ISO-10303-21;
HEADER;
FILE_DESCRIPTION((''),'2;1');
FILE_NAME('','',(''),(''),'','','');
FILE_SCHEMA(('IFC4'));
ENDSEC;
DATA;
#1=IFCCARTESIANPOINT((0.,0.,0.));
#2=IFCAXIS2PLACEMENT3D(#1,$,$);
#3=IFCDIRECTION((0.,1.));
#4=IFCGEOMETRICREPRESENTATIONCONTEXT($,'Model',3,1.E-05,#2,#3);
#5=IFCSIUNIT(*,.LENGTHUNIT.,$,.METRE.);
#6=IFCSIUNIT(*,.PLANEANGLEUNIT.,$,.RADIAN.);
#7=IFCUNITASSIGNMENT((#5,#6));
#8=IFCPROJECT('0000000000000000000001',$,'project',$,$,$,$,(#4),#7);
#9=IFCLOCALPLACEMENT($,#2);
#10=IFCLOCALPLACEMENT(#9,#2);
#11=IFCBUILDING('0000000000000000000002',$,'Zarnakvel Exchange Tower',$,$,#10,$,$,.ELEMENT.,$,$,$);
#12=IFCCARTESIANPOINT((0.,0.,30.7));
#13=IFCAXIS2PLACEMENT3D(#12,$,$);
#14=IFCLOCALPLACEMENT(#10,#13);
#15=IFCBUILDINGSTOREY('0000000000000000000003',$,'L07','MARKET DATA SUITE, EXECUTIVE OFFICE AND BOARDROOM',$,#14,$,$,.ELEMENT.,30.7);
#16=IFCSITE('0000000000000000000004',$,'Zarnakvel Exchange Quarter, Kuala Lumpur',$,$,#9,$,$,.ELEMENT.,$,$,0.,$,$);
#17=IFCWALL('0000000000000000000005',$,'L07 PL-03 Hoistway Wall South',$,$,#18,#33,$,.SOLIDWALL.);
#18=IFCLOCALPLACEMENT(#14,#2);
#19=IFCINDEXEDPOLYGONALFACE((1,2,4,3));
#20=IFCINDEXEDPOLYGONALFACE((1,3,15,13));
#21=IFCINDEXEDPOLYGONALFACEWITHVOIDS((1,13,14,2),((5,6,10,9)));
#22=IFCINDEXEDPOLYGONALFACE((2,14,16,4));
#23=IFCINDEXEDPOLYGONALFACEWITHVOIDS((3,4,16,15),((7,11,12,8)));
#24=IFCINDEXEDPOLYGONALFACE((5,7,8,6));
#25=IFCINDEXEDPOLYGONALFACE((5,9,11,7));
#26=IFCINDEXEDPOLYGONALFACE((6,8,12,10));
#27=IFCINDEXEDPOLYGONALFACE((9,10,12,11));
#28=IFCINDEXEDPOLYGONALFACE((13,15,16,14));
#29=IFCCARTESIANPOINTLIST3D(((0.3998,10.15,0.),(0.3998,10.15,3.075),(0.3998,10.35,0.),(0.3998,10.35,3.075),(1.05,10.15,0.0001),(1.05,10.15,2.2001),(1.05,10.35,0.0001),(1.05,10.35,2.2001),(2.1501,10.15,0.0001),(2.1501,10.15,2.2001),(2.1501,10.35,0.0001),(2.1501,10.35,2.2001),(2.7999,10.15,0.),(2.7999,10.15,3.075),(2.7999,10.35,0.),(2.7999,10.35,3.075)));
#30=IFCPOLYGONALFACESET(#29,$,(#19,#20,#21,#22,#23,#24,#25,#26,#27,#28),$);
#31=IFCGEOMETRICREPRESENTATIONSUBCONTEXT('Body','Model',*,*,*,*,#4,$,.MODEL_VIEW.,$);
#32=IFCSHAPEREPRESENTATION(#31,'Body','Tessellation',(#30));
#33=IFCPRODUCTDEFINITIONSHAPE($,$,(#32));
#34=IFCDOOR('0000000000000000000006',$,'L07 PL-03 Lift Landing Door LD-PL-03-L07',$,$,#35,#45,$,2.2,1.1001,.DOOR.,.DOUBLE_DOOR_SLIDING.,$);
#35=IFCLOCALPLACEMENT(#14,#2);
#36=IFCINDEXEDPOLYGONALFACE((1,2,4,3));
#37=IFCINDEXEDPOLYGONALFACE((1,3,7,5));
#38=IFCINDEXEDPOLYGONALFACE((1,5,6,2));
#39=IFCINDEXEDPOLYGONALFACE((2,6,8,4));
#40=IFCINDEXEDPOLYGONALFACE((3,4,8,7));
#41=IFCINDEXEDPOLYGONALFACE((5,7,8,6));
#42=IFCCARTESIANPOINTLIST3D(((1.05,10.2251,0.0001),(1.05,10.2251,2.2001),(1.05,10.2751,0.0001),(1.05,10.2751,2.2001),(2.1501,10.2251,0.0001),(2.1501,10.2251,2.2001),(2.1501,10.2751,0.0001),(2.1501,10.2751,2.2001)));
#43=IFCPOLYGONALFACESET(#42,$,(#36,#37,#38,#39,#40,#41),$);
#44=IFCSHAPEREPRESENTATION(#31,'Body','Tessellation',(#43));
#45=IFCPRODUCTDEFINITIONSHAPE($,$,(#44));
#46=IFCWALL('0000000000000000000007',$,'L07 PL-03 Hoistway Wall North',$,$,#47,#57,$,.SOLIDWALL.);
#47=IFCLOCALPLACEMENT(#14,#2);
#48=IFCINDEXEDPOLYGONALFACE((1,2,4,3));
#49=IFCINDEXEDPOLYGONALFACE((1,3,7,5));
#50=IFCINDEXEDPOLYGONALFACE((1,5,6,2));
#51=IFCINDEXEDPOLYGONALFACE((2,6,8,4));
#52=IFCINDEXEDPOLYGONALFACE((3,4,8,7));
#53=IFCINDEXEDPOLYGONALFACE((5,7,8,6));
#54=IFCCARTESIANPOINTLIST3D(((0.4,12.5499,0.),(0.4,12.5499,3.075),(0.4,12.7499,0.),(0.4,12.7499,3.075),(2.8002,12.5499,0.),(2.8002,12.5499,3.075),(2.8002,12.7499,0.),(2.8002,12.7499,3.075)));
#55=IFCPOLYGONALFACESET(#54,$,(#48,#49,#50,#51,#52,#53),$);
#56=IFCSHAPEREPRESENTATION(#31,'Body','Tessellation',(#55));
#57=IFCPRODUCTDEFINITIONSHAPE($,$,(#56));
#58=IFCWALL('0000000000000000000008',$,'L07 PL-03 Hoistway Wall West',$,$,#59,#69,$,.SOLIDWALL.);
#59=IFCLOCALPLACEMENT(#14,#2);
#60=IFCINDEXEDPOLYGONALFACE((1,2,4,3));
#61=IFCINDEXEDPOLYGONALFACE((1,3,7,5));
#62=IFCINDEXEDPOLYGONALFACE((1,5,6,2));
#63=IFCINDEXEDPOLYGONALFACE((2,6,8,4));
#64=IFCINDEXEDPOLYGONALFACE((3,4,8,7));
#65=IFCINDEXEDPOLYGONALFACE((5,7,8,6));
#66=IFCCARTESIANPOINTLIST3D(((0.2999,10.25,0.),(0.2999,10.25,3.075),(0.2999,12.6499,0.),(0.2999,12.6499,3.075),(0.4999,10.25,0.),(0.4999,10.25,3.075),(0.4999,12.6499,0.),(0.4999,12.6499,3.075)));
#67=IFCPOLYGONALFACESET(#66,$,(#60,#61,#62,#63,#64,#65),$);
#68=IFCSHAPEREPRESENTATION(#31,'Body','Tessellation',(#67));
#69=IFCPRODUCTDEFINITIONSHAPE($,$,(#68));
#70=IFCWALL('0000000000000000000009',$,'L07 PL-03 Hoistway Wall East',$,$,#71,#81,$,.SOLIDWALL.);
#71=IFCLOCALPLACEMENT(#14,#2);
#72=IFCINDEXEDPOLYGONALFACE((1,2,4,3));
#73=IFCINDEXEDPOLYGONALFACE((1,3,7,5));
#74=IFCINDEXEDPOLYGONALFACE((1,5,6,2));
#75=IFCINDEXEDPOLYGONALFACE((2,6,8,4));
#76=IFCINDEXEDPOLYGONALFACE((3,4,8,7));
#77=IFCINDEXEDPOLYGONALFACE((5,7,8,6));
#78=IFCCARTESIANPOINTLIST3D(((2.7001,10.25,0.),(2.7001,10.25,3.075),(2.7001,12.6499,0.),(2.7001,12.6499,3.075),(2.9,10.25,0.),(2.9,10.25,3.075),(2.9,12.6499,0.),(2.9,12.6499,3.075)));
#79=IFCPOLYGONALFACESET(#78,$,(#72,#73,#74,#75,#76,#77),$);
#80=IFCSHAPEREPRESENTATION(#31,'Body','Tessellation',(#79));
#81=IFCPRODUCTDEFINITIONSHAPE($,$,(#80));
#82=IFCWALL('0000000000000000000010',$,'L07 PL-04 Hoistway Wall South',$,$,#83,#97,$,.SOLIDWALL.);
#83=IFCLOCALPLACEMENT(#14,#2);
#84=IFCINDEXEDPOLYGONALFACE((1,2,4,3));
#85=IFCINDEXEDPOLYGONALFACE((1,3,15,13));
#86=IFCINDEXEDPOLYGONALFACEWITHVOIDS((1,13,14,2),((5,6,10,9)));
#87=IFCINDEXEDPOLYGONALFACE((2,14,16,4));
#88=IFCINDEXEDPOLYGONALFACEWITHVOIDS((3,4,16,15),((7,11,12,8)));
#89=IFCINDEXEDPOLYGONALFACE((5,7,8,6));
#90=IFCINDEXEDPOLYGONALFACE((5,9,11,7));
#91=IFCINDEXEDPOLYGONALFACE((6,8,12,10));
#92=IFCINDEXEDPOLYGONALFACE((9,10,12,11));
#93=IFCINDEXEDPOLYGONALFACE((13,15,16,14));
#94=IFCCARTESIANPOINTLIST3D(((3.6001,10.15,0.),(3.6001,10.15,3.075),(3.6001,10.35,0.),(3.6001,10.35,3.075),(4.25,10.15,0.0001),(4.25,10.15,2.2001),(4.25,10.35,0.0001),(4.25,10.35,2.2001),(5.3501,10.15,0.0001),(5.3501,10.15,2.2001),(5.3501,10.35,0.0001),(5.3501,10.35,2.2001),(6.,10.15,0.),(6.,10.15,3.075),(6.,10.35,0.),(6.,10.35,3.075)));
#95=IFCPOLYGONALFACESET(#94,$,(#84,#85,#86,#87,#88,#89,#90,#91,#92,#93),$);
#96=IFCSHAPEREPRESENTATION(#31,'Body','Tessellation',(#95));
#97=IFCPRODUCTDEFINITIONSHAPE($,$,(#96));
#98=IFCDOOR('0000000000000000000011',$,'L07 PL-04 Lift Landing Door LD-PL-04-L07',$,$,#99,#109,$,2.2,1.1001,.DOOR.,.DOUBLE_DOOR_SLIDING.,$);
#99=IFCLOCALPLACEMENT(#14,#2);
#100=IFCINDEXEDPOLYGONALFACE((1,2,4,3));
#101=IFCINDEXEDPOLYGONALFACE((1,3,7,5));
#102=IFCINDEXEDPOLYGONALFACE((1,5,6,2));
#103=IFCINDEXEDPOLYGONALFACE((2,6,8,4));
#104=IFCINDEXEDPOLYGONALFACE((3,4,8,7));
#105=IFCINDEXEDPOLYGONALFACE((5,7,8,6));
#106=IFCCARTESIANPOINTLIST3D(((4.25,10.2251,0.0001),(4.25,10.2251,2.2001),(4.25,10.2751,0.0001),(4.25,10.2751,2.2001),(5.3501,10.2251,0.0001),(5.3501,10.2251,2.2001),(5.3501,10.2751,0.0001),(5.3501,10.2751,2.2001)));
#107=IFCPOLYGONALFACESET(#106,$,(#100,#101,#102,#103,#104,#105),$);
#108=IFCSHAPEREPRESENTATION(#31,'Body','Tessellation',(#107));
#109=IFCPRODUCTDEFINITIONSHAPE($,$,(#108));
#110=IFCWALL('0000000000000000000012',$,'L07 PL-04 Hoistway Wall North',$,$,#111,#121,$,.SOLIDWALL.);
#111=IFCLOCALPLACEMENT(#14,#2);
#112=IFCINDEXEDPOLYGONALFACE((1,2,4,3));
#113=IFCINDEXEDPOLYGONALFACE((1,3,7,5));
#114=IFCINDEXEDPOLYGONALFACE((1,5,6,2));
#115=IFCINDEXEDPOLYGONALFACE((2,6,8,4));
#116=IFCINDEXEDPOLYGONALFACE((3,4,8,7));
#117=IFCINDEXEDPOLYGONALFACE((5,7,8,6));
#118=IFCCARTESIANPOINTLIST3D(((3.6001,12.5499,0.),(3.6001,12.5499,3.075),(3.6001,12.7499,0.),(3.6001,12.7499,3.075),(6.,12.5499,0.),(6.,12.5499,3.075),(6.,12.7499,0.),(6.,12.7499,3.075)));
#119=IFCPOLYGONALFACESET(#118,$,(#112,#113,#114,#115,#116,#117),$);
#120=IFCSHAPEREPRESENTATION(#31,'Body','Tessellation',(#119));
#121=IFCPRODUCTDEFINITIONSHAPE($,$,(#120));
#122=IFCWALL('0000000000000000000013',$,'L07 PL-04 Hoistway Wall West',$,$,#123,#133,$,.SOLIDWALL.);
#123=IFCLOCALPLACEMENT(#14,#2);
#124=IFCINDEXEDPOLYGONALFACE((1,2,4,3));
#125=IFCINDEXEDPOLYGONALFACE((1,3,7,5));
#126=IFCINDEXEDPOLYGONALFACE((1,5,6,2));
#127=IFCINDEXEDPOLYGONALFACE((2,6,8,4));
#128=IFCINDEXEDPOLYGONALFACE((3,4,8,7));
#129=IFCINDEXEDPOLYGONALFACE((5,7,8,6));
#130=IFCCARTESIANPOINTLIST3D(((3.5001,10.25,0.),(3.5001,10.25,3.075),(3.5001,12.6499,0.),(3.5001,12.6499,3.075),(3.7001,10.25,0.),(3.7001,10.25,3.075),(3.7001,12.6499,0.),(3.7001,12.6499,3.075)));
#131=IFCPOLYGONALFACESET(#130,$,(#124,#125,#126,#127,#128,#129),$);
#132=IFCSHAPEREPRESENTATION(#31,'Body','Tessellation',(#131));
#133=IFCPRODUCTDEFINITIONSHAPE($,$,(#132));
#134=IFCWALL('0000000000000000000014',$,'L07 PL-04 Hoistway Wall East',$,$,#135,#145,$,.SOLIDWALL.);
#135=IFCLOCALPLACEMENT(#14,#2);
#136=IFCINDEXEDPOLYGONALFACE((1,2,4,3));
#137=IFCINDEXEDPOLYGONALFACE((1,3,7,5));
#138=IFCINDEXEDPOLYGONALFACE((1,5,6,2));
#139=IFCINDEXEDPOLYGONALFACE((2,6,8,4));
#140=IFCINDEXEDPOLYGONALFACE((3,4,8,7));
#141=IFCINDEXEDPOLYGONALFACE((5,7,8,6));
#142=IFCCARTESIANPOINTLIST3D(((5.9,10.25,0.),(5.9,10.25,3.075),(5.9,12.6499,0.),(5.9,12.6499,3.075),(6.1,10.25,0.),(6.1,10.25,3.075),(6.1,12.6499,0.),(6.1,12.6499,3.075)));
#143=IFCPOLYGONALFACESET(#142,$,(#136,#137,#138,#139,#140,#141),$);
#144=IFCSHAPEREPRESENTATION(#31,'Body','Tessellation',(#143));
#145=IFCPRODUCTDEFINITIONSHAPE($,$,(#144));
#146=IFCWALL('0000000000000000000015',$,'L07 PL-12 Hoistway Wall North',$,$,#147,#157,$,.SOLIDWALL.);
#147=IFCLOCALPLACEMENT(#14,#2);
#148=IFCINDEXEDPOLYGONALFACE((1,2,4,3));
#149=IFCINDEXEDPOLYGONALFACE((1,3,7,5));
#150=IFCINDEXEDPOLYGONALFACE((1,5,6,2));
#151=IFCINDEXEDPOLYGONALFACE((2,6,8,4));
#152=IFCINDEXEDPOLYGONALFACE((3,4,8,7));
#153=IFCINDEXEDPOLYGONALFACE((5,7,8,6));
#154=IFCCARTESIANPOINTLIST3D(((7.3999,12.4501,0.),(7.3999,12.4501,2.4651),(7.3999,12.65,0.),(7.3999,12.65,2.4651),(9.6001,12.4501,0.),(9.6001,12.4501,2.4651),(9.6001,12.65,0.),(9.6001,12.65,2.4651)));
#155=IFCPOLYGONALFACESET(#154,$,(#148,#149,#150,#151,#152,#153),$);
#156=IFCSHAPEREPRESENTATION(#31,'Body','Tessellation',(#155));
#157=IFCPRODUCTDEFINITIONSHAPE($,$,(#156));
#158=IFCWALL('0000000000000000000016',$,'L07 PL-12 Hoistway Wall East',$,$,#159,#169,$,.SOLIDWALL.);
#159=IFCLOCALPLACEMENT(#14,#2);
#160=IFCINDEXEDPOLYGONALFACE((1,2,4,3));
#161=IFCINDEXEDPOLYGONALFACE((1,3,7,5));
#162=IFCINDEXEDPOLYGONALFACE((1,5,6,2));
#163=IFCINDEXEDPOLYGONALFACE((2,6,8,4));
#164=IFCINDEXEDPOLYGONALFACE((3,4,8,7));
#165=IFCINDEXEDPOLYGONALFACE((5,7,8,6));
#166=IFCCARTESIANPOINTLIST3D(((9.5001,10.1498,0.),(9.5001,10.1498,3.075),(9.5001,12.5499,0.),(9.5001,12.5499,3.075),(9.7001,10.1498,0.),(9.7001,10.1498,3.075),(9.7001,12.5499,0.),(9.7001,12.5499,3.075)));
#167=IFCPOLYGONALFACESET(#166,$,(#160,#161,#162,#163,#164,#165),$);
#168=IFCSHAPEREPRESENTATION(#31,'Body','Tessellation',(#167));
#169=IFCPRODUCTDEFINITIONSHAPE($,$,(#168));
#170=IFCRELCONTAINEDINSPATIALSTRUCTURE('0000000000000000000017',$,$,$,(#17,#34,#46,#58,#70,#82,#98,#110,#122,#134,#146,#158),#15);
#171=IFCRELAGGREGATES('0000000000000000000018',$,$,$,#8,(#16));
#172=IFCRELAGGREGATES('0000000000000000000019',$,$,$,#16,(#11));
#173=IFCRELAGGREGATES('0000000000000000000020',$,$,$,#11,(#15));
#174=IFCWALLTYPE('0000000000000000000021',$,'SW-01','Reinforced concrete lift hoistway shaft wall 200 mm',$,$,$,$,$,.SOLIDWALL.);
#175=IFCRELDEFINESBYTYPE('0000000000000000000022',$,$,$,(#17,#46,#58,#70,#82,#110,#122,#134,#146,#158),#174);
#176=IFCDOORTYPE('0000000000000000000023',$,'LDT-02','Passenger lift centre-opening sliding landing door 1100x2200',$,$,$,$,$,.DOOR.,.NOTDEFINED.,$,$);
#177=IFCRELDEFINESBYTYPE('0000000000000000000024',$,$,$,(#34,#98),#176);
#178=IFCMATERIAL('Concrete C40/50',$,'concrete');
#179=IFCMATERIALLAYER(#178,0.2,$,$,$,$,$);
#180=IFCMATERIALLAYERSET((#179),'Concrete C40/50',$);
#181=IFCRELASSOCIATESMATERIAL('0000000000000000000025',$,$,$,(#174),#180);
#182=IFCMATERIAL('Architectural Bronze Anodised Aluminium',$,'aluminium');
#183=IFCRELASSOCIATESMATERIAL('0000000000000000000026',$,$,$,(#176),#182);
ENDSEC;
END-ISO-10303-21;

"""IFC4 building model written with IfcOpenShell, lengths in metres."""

from ifc_helpers import new_model, si_unit, direction, frame, frame_2d, origin, place, context, subcontext, project, spatial, rectangle, extrude, source, transform, mapped, material, layer, layer_set, type_object, element, fill, save


model = new_model("IFC4")

# Units and contexts
model_context = context("Model", 3, precision=1e-05, world=origin(), true_north=direction((0.0, 1.0)))
body_context = subcontext(model_context, "Body", "Model", "MODEL_VIEW")
ifc_project = project(units=[si_unit("LENGTHUNIT", "METRE"), si_unit("PLANEANGLEUNIT", "RADIAN")], contexts=[model_context])

# Site, building, storey
site_placement = place(None, origin())
site = spatial("IfcSite", under=ifc_project, at=site_placement, Name="Zarnakvel Exchange Quarter, Kuala Lumpur", CompositionType="ELEMENT", RefElevation=0.0)
building_placement = place(site_placement, origin())
building = spatial("IfcBuilding", under=site, at=building_placement, Name="Zarnakvel Exchange Tower", CompositionType="ELEMENT")
storey_placement = place(building_placement, frame((0.0, 0.0, 30.7)))
storey = spatial("IfcBuildingStorey", under=building, at=storey_placement, Name="L07", Description="MARKET DATA SUITE, EXECUTIVE OFFICE AND BOARDROOM", CompositionType="ELEMENT", Elevation=30.7)

# Shared definitions
ifc_material_1 = material(Name="Architectural Bronze Anodised Aluminium", Category="aluminium")

# Shared definitions
ifc_material_2 = material(Name="Concrete C40/50", Category="concrete")
ifc_layer_1 = layer(ifc_material_2, 0.2)
ifc_layer_set_1 = layer_set([ifc_layer_1], Name="Concrete C40/50")
wall_type_1 = type_object("IfcWallType", Name="SW-01", Description="Reinforced concrete lift hoistway shaft wall 200 mm", PredefinedType="SOLIDWALL", material=ifc_layer_set_1)
door_type = type_object("IfcDoorType", Name="LDT-02", Description="Passenger lift centre-opening sliding landing door 1100x2200", OperationType="NOTDEFINED", PredefinedType="DOOR", material=ifc_material_1)
shared_shape_1 = source(origin(), body_context, "Body", "SweptSolid", [
    extrude(rectangle(XDim=1.1001, YDim=2.2, at=frame_2d((0.55, 1.1001))), frame((0.0, 0.0249, 0.0), z_axis=(0.0, -1.0, 0.0), x_axis=(1.0, 0.0, 0.0)), (0.0, 0.0, 1.0), 0.05),
])

# Wall, opening, door
wall_1_placement = place(storey_placement, frame((2.8, 10.25, 0.0), z_axis=(0.0, 0.0, 1.0), x_axis=(-1.0, 0.0, 0.0)))
wall_1 = element("IfcWall", 1, at=wall_1_placement, inside=storey, type_object=wall_type_1, Name="L07 PL-03 Hoistway Wall South", PredefinedType="SOLIDWALL", context=body_context, shape_type="SweptSolid", body=[
    extrude(rectangle(XDim=2.4001, YDim=0.2, at=frame_2d((1.2002, 0.0))), origin(), (0.0, 0.0, 1.0), 3.075),
])
opening_1_placement = place(wall_1_placement, frame((0.6499, 0.0, 0.0)))
opening_1 = element("IfcOpeningElement", 2, at=opening_1_placement, cuts=wall_1, PredefinedType="OPENING", context=body_context, shape_type="SweptSolid", body=[
    extrude(rectangle(XDim=1.1001, YDim=2.2, at=frame_2d((0.55, 1.1001))), frame((0.0, 0.1099, 0.0), z_axis=(0.0, -1.0, 0.0), x_axis=(1.0, 0.0, 0.0)), (0.0, 0.0, 1.0), 0.22),
])
door_1_placement = place(opening_1_placement, origin())
door_1 = element("IfcDoor", 3, at=door_1_placement, inside=storey, type_object=door_type, Name="L07 PL-03 Lift Landing Door LD-PL-03-L07", OperationType="DOUBLE_DOOR_SLIDING", OverallHeight=2.2, OverallWidth=1.1001, PredefinedType="DOOR", context=body_context, shape_type="MappedRepresentation", body=[
    mapped(shared_shape_1, transform((0.0, 0.0, 0.0), x_axis=(1.0, 0.0, 0.0), y_axis=(0.0, 1.0, 0.0), z_axis=(0.0, 0.0, 1.0), scale=1.0)),
])
fill(opening_1, door_1)

# Walls
wall_2_placement = place(storey_placement, frame((0.3999, 12.6499, 0.0), z_axis=(0.0, 0.0, 1.0), x_axis=(1.0, 0.0, 0.0)))
element("IfcWall", 4, at=wall_2_placement, inside=storey, type_object=wall_type_1, Name="L07 PL-03 Hoistway Wall North", PredefinedType="SOLIDWALL", context=body_context, shape_type="SweptSolid", body=[
    extrude(rectangle(XDim=2.4001, YDim=0.2, at=frame_2d((1.2002, 0.0))), origin(), (0.0, 0.0, 1.0), 3.075),
])
for number, where, z_axis, x_axis, name in (
    (5, (0.3999, 10.25, 0.0), (0.0, 0.0, 1.0), (0.0, 1.0, 0.0), "L07 PL-03 Hoistway Wall West"),
    (6, (2.8, 12.6499, 0.0), (0.0, 0.0, 1.0), (0.0, -1.0, 0.0), "L07 PL-03 Hoistway Wall East"),
):
    element("IfcWall", number, at=place(storey_placement, frame(where, z_axis=z_axis, x_axis=x_axis)), inside=storey, type_object=wall_type_1, Name=name, PredefinedType="SOLIDWALL", context=body_context, shape_type="SweptSolid", body=[
        extrude(rectangle(XDim=2.3999, YDim=0.2, at=frame_2d((1.2, 0.0))), origin(), (0.0, 0.0, 1.0), 3.075),
    ])

# Wall, opening, door
wall_3_placement = place(storey_placement, frame((6.0, 10.25, 0.0), z_axis=(0.0, 0.0, 1.0), x_axis=(-1.0, 0.0, 0.0)))
wall_3 = element("IfcWall", 7, at=wall_3_placement, inside=storey, type_object=wall_type_1, Name="L07 PL-04 Hoistway Wall South", PredefinedType="SOLIDWALL", context=body_context, shape_type="SweptSolid", body=[
    extrude(rectangle(XDim=2.3999, YDim=0.2, at=frame_2d((1.2, 0.0))), origin(), (0.0, 0.0, 1.0), 3.075),
])
opening_2_placement = place(wall_3_placement, frame((0.6499, 0.0, 0.0)))
opening_2 = element("IfcOpeningElement", 8, at=opening_2_placement, cuts=wall_3, PredefinedType="OPENING", context=body_context, shape_type="SweptSolid", body=[
    extrude(rectangle(XDim=1.1001, YDim=2.2, at=frame_2d((0.55, 1.1001))), frame((0.0, 0.1099, 0.0), z_axis=(0.0, -1.0, 0.0), x_axis=(1.0, 0.0, 0.0)), (0.0, 0.0, 1.0), 0.22),
])
door_2_placement = place(opening_2_placement, origin())
door_2 = element("IfcDoor", 9, at=door_2_placement, inside=storey, type_object=door_type, Name="L07 PL-04 Lift Landing Door LD-PL-04-L07", OperationType="DOUBLE_DOOR_SLIDING", OverallHeight=2.2, OverallWidth=1.1001, PredefinedType="DOOR", context=body_context, shape_type="MappedRepresentation", body=[
    mapped(shared_shape_1, transform((0.0, 0.0, 0.0), x_axis=(1.0, 0.0, 0.0), y_axis=(0.0, 1.0, 0.0), z_axis=(0.0, 0.0, 1.0), scale=1.0)),
])
fill(opening_2, door_2)

# Walls
for number, where, z_axis, x_axis, name in (
    (10, (3.6001, 12.6499, 0.0), (0.0, 0.0, 1.0), (1.0, 0.0, 0.0), "L07 PL-04 Hoistway Wall North"),
    (11, (3.6001, 10.25, 0.0), (0.0, 0.0, 1.0), (0.0, 1.0, 0.0), "L07 PL-04 Hoistway Wall West"),
    (12, (6.0, 12.6499, 0.0), (0.0, 0.0, 1.0), (0.0, -1.0, 0.0), "L07 PL-04 Hoistway Wall East"),
):
    element("IfcWall", number, at=place(storey_placement, frame(where, z_axis=z_axis, x_axis=x_axis)), inside=storey, type_object=wall_type_1, Name=name, PredefinedType="SOLIDWALL", context=body_context, shape_type="SweptSolid", body=[
        extrude(rectangle(XDim=2.3999, YDim=0.2, at=frame_2d((1.2, 0.0))), origin(), (0.0, 0.0, 1.0), 3.075),
    ])
wall_4_placement = place(storey_placement, frame((7.3999, 12.55, 0.0), z_axis=(0.0, 0.0, 1.0), x_axis=(1.0, 0.0, 0.0)))
element("IfcWall", 13, at=wall_4_placement, inside=storey, type_object=wall_type_1, Name="L07 PL-12 Hoistway Wall North", PredefinedType="SOLIDWALL", context=body_context, shape_type="SweptSolid", body=[
    extrude(rectangle(XDim=2.2002, YDim=0.2, at=frame_2d((1.1001, 0.0))), origin(), (0.0, 0.0, 1.0), 2.4651),
])
wall_5_placement = place(storey_placement, frame((9.6001, 12.55, 0.0), z_axis=(0.0, 0.0, 1.0), x_axis=(0.0, -1.0, 0.0)))
element("IfcWall", 14, at=wall_5_placement, inside=storey, type_object=wall_type_1, Name="L07 PL-12 Hoistway Wall East", PredefinedType="SOLIDWALL", context=body_context, shape_type="SweptSolid", body=[
    extrude(rectangle(XDim=2.4001, YDim=0.2, at=frame_2d((1.2002, 0.0))), origin(), (0.0, 0.0, 1.0), 3.075),
])

save(model, "model.ifc")
